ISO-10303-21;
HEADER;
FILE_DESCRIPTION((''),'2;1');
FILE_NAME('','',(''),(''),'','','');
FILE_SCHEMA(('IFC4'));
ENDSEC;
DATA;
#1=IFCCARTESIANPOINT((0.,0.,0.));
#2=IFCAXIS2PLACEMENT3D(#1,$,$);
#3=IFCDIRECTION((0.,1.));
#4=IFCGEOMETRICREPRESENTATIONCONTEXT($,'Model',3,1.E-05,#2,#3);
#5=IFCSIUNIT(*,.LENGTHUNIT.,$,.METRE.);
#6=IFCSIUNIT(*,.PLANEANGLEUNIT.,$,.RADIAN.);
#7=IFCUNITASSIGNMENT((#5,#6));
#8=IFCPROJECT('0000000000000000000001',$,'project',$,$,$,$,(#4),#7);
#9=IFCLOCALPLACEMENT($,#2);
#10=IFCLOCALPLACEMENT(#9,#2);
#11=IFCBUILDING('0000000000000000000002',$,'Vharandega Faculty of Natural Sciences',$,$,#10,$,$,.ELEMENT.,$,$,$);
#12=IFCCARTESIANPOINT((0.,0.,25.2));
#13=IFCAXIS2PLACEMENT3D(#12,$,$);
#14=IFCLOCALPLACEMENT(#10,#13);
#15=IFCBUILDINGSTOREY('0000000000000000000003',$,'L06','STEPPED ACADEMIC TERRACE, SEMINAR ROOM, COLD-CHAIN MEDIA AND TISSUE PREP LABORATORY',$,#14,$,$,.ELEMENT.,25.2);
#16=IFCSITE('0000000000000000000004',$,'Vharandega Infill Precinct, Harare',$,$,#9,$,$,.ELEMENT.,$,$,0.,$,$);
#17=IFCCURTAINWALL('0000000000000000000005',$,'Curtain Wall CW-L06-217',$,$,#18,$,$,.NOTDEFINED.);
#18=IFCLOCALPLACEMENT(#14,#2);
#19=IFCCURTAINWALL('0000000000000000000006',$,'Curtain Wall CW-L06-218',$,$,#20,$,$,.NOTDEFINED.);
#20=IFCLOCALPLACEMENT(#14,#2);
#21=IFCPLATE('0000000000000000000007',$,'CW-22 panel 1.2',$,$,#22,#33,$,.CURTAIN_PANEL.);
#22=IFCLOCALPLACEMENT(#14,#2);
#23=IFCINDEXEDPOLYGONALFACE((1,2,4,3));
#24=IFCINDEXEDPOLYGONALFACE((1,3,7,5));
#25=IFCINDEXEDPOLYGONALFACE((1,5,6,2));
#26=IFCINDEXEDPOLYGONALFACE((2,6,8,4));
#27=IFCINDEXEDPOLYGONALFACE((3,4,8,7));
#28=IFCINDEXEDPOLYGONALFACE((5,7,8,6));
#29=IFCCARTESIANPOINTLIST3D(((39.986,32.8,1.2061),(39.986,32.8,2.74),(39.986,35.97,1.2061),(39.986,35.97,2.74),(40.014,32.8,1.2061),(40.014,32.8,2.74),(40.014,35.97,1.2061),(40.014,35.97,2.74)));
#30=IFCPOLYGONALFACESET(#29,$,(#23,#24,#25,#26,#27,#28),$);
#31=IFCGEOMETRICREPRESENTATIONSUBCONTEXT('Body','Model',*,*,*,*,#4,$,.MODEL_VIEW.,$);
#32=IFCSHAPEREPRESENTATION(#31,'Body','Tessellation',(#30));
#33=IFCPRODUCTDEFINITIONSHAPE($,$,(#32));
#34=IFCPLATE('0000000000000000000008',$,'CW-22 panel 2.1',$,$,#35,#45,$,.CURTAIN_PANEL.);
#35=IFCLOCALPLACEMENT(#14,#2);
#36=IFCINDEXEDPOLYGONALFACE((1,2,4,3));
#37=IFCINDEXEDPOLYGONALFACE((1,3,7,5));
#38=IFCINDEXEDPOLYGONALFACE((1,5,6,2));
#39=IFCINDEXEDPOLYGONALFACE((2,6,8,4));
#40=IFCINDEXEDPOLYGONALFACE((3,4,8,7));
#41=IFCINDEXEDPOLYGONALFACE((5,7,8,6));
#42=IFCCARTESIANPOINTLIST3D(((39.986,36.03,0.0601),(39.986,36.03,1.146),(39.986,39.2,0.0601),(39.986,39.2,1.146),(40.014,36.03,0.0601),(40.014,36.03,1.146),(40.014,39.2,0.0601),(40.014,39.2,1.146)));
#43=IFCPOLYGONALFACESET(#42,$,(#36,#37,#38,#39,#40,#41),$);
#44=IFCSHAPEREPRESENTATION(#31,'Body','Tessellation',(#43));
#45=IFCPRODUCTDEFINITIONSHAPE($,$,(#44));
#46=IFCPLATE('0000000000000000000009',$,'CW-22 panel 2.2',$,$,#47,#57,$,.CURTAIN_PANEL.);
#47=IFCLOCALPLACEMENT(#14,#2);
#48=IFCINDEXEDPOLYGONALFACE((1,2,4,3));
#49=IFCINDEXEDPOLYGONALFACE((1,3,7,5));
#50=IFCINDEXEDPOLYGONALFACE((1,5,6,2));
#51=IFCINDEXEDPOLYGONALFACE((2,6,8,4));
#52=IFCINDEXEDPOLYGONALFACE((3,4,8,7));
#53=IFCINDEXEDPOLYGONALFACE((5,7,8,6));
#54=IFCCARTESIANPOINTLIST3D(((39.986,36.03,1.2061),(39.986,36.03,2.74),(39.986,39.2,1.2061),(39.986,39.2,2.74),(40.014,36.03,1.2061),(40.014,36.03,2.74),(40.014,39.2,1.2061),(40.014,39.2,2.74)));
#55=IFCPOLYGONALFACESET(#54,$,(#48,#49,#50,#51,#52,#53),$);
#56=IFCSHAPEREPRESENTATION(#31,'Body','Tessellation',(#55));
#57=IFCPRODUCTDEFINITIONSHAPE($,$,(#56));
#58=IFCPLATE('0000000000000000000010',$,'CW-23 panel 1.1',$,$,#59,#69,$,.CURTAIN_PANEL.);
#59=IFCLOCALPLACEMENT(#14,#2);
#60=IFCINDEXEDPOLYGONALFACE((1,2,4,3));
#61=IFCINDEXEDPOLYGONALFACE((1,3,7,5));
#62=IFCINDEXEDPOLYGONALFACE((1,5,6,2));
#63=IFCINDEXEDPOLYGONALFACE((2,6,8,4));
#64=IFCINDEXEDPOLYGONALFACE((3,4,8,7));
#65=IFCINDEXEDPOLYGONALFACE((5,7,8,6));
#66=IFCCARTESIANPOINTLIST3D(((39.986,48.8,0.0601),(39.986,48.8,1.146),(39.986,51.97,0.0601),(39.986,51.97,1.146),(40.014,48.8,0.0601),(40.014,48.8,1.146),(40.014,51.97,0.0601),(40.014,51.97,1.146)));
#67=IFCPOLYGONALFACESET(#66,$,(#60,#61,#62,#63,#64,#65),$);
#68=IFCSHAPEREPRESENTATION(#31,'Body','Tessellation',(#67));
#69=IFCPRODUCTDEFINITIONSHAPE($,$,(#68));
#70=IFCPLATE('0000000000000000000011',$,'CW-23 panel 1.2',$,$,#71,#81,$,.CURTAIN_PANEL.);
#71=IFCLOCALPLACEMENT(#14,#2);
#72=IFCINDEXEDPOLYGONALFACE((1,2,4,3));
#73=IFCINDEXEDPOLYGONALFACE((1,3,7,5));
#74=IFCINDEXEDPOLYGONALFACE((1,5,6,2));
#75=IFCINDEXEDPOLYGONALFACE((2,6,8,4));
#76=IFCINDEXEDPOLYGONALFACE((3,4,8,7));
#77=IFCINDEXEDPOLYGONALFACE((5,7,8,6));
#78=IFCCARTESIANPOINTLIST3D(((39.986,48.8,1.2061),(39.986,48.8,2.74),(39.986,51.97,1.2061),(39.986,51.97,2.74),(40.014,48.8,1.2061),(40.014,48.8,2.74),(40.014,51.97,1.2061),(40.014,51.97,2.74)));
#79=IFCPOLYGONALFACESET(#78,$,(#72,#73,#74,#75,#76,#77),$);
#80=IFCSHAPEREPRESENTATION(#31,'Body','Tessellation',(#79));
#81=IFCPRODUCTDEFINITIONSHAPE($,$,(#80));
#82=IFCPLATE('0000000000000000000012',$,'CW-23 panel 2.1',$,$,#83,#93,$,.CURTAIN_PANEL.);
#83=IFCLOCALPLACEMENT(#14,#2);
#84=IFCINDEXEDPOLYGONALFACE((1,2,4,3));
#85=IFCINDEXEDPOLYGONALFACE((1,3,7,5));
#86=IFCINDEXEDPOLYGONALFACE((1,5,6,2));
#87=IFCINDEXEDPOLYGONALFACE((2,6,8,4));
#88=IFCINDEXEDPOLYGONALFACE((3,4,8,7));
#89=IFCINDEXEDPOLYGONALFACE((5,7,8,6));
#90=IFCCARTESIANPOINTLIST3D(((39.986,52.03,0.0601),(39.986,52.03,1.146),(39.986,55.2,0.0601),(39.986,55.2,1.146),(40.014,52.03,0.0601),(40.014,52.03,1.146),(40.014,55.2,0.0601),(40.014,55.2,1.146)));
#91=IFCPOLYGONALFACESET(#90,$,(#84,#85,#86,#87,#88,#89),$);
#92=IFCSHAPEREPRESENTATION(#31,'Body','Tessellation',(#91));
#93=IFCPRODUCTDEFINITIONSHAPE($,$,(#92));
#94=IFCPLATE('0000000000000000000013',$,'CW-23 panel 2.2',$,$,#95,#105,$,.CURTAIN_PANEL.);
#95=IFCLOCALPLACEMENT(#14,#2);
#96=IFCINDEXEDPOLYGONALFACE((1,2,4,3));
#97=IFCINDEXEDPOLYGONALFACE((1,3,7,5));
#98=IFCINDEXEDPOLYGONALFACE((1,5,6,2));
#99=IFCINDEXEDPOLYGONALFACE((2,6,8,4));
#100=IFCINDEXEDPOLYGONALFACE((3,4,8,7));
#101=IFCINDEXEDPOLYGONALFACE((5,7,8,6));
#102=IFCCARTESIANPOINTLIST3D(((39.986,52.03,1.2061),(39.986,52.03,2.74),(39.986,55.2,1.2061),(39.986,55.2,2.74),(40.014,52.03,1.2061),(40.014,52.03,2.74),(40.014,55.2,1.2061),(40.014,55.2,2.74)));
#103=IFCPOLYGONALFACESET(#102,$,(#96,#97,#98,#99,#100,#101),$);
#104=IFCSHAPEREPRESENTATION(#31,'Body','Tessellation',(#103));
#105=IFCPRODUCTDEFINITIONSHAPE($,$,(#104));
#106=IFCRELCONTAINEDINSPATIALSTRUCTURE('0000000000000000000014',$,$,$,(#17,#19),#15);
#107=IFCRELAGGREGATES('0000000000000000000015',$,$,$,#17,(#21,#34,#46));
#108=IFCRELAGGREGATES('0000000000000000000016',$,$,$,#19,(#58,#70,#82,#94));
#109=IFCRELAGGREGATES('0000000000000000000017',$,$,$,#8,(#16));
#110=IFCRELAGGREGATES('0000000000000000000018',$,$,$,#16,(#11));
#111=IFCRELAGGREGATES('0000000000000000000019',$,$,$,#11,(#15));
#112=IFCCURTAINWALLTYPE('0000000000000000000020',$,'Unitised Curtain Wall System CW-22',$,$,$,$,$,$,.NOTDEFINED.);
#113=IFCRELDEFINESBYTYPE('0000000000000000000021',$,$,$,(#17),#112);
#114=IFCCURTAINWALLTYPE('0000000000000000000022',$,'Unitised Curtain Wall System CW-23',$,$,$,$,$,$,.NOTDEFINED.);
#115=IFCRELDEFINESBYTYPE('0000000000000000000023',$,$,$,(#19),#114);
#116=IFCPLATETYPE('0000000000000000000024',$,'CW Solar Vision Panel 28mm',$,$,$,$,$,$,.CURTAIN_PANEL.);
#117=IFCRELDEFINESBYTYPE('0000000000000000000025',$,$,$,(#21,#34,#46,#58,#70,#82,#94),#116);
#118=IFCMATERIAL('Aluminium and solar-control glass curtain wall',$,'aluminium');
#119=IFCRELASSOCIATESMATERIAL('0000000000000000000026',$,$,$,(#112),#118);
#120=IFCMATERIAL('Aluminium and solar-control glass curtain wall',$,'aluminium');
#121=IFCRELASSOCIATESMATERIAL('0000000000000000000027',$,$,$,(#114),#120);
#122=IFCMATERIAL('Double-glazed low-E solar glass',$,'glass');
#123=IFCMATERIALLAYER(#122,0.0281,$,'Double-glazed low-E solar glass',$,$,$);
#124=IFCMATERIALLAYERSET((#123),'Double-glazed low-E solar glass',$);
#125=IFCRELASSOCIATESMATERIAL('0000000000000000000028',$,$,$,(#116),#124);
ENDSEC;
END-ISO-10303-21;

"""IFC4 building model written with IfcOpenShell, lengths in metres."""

from ifc_helpers import new_model, si_unit, direction, frame, origin, origin_2d, place, context, subcontext, project, spatial, rectangle, extrude, material, layer, layer_set, type_object, element, aggregate, save


model = new_model("IFC4")

# Units and contexts
model_context = context("Model", 3, precision=1e-05, world=origin(), true_north=direction((0.0, 1.0)))
body_context = subcontext(model_context, "Body", "Model", "MODEL_VIEW")
ifc_project = project(units=[si_unit("LENGTHUNIT", "METRE"), si_unit("PLANEANGLEUNIT", "RADIAN")], contexts=[model_context])

# Site, building, storey
site_placement = place(None, origin())
site = spatial("IfcSite", under=ifc_project, at=site_placement, Name="Vharandega Infill Precinct, Harare", CompositionType="ELEMENT", RefElevation=0.0)
building_placement = place(site_placement, origin())
building = spatial("IfcBuilding", under=site, at=building_placement, Name="Vharandega Faculty of Natural Sciences", CompositionType="ELEMENT")
storey_placement = place(building_placement, frame((0.0, 0.0, 25.2)))
storey = spatial("IfcBuildingStorey", under=building, at=storey_placement, Name="L06", Description="STEPPED ACADEMIC TERRACE, SEMINAR ROOM, COLD-CHAIN MEDIA AND TISSUE PREP LABORATORY", CompositionType="ELEMENT", Elevation=25.2)

# Curtain walls
ifc_material_1 = material(Name="Aluminium and solar-control glass curtain wall", Category="aluminium")
curtain_wall_type_1 = type_object("IfcCurtainWallType", Name="Unitised Curtain Wall System CW-22", PredefinedType="NOTDEFINED", material=ifc_material_1)
curtain_wall_1_placement = place(storey_placement, origin())
curtain_wall_1 = element("IfcCurtainWall", 1, at=curtain_wall_1_placement, inside=storey, type_object=curtain_wall_type_1, Name="Curtain Wall CW-L06-217", PredefinedType="NOTDEFINED")
ifc_material_2 = material(Name="Aluminium and solar-control glass curtain wall", Category="aluminium")
curtain_wall_type_2 = type_object("IfcCurtainWallType", Name="Unitised Curtain Wall System CW-23", PredefinedType="NOTDEFINED", material=ifc_material_2)
curtain_wall_2_placement = place(storey_placement, origin())
curtain_wall_2 = element("IfcCurtainWall", 2, at=curtain_wall_2_placement, inside=storey, type_object=curtain_wall_type_2, Name="Curtain Wall CW-L06-218", PredefinedType="NOTDEFINED")

# Plates
ifc_material_3 = material(Name="Double-glazed low-E solar glass", Category="glass")
ifc_layer = layer(ifc_material_3, 0.0281, Name="Double-glazed low-E solar glass")
ifc_layer_set = layer_set([ifc_layer], Name="Double-glazed low-E solar glass")
plate_type = type_object("IfcPlateType", Name="CW Solar Vision Panel 28mm", PredefinedType="CURTAIN_PANEL", material=ifc_layer_set)
plate_1_placement = place(storey_placement, frame((40.0, 34.385, 1.2061), z_axis=(0.0, 0.0, 1.0), x_axis=(0.0, 1.0, 0.0)))
plate_1 = element("IfcPlate", 3, at=plate_1_placement, type_object=plate_type, Name="CW-22 panel 1.2", PredefinedType="CURTAIN_PANEL", context=body_context, shape_type="SweptSolid", body=[
    extrude(rectangle(XDim=3.1699, YDim=0.0281, at=origin_2d()), origin(), (0.0, 0.0, 1.0), 1.5339),
])
plate_2_placement = place(storey_placement, frame((40.0, 37.615, 0.0601), z_axis=(0.0, 0.0, 1.0), x_axis=(0.0, 1.0, 0.0)))
plate_2 = element("IfcPlate", 4, at=plate_2_placement, type_object=plate_type, Name="CW-22 panel 2.1", PredefinedType="CURTAIN_PANEL", context=body_context, shape_type="SweptSolid", body=[
    extrude(rectangle(XDim=3.1699, YDim=0.0281, at=origin_2d()), origin(), (0.0, 0.0, 1.0), 1.0859),
])
plate_3_placement = place(storey_placement, frame((40.0, 37.615, 1.2061), z_axis=(0.0, 0.0, 1.0), x_axis=(0.0, 1.0, 0.0)))
plate_3 = element("IfcPlate", 5, at=plate_3_placement, type_object=plate_type, Name="CW-22 panel 2.2", PredefinedType="CURTAIN_PANEL", context=body_context, shape_type="SweptSolid", body=[
    extrude(rectangle(XDim=3.1699, YDim=0.0281, at=origin_2d()), origin(), (0.0, 0.0, 1.0), 1.5339),
])
aggregate(curtain_wall_1, [plate_1, plate_2, plate_3])
plate_4_placement = place(storey_placement, frame((40.0, 50.385, 0.0601), z_axis=(0.0, 0.0, 1.0), x_axis=(0.0, 1.0, 0.0)))
plate_4 = element("IfcPlate", 6, at=plate_4_placement, type_object=plate_type, Name="CW-23 panel 1.1", PredefinedType="CURTAIN_PANEL", context=body_context, shape_type="SweptSolid", body=[
    extrude(rectangle(XDim=3.1699, YDim=0.0281, at=origin_2d()), origin(), (0.0, 0.0, 1.0), 1.0859),
])
plate_5_placement = place(storey_placement, frame((40.0, 50.385, 1.2061), z_axis=(0.0, 0.0, 1.0), x_axis=(0.0, 1.0, 0.0)))
plate_5 = element("IfcPlate", 7, at=plate_5_placement, type_object=plate_type, Name="CW-23 panel 1.2", PredefinedType="CURTAIN_PANEL", context=body_context, shape_type="SweptSolid", body=[
    extrude(rectangle(XDim=3.1699, YDim=0.0281, at=origin_2d()), origin(), (0.0, 0.0, 1.0), 1.5339),
])
plate_6_placement = place(storey_placement, frame((40.0, 53.615, 0.0601), z_axis=(0.0, 0.0, 1.0), x_axis=(0.0, 1.0, 0.0)))
plate_6 = element("IfcPlate", 8, at=plate_6_placement, type_object=plate_type, Name="CW-23 panel 2.1", PredefinedType="CURTAIN_PANEL", context=body_context, shape_type="SweptSolid", body=[
    extrude(rectangle(XDim=3.1699, YDim=0.0281, at=origin_2d()), origin(), (0.0, 0.0, 1.0), 1.0859),
])
plate_7_placement = place(storey_placement, frame((40.0, 53.615, 1.2061), z_axis=(0.0, 0.0, 1.0), x_axis=(0.0, 1.0, 0.0)))
plate_7 = element("IfcPlate", 9, at=plate_7_placement, type_object=plate_type, Name="CW-23 panel 2.2", PredefinedType="CURTAIN_PANEL", context=body_context, shape_type="SweptSolid", body=[
    extrude(rectangle(XDim=3.1699, YDim=0.0281, at=origin_2d()), origin(), (0.0, 0.0, 1.0), 1.5339),
])
aggregate(curtain_wall_2, [plate_4, plate_5, plate_6, plate_7])

save(model, "model.ifc")
